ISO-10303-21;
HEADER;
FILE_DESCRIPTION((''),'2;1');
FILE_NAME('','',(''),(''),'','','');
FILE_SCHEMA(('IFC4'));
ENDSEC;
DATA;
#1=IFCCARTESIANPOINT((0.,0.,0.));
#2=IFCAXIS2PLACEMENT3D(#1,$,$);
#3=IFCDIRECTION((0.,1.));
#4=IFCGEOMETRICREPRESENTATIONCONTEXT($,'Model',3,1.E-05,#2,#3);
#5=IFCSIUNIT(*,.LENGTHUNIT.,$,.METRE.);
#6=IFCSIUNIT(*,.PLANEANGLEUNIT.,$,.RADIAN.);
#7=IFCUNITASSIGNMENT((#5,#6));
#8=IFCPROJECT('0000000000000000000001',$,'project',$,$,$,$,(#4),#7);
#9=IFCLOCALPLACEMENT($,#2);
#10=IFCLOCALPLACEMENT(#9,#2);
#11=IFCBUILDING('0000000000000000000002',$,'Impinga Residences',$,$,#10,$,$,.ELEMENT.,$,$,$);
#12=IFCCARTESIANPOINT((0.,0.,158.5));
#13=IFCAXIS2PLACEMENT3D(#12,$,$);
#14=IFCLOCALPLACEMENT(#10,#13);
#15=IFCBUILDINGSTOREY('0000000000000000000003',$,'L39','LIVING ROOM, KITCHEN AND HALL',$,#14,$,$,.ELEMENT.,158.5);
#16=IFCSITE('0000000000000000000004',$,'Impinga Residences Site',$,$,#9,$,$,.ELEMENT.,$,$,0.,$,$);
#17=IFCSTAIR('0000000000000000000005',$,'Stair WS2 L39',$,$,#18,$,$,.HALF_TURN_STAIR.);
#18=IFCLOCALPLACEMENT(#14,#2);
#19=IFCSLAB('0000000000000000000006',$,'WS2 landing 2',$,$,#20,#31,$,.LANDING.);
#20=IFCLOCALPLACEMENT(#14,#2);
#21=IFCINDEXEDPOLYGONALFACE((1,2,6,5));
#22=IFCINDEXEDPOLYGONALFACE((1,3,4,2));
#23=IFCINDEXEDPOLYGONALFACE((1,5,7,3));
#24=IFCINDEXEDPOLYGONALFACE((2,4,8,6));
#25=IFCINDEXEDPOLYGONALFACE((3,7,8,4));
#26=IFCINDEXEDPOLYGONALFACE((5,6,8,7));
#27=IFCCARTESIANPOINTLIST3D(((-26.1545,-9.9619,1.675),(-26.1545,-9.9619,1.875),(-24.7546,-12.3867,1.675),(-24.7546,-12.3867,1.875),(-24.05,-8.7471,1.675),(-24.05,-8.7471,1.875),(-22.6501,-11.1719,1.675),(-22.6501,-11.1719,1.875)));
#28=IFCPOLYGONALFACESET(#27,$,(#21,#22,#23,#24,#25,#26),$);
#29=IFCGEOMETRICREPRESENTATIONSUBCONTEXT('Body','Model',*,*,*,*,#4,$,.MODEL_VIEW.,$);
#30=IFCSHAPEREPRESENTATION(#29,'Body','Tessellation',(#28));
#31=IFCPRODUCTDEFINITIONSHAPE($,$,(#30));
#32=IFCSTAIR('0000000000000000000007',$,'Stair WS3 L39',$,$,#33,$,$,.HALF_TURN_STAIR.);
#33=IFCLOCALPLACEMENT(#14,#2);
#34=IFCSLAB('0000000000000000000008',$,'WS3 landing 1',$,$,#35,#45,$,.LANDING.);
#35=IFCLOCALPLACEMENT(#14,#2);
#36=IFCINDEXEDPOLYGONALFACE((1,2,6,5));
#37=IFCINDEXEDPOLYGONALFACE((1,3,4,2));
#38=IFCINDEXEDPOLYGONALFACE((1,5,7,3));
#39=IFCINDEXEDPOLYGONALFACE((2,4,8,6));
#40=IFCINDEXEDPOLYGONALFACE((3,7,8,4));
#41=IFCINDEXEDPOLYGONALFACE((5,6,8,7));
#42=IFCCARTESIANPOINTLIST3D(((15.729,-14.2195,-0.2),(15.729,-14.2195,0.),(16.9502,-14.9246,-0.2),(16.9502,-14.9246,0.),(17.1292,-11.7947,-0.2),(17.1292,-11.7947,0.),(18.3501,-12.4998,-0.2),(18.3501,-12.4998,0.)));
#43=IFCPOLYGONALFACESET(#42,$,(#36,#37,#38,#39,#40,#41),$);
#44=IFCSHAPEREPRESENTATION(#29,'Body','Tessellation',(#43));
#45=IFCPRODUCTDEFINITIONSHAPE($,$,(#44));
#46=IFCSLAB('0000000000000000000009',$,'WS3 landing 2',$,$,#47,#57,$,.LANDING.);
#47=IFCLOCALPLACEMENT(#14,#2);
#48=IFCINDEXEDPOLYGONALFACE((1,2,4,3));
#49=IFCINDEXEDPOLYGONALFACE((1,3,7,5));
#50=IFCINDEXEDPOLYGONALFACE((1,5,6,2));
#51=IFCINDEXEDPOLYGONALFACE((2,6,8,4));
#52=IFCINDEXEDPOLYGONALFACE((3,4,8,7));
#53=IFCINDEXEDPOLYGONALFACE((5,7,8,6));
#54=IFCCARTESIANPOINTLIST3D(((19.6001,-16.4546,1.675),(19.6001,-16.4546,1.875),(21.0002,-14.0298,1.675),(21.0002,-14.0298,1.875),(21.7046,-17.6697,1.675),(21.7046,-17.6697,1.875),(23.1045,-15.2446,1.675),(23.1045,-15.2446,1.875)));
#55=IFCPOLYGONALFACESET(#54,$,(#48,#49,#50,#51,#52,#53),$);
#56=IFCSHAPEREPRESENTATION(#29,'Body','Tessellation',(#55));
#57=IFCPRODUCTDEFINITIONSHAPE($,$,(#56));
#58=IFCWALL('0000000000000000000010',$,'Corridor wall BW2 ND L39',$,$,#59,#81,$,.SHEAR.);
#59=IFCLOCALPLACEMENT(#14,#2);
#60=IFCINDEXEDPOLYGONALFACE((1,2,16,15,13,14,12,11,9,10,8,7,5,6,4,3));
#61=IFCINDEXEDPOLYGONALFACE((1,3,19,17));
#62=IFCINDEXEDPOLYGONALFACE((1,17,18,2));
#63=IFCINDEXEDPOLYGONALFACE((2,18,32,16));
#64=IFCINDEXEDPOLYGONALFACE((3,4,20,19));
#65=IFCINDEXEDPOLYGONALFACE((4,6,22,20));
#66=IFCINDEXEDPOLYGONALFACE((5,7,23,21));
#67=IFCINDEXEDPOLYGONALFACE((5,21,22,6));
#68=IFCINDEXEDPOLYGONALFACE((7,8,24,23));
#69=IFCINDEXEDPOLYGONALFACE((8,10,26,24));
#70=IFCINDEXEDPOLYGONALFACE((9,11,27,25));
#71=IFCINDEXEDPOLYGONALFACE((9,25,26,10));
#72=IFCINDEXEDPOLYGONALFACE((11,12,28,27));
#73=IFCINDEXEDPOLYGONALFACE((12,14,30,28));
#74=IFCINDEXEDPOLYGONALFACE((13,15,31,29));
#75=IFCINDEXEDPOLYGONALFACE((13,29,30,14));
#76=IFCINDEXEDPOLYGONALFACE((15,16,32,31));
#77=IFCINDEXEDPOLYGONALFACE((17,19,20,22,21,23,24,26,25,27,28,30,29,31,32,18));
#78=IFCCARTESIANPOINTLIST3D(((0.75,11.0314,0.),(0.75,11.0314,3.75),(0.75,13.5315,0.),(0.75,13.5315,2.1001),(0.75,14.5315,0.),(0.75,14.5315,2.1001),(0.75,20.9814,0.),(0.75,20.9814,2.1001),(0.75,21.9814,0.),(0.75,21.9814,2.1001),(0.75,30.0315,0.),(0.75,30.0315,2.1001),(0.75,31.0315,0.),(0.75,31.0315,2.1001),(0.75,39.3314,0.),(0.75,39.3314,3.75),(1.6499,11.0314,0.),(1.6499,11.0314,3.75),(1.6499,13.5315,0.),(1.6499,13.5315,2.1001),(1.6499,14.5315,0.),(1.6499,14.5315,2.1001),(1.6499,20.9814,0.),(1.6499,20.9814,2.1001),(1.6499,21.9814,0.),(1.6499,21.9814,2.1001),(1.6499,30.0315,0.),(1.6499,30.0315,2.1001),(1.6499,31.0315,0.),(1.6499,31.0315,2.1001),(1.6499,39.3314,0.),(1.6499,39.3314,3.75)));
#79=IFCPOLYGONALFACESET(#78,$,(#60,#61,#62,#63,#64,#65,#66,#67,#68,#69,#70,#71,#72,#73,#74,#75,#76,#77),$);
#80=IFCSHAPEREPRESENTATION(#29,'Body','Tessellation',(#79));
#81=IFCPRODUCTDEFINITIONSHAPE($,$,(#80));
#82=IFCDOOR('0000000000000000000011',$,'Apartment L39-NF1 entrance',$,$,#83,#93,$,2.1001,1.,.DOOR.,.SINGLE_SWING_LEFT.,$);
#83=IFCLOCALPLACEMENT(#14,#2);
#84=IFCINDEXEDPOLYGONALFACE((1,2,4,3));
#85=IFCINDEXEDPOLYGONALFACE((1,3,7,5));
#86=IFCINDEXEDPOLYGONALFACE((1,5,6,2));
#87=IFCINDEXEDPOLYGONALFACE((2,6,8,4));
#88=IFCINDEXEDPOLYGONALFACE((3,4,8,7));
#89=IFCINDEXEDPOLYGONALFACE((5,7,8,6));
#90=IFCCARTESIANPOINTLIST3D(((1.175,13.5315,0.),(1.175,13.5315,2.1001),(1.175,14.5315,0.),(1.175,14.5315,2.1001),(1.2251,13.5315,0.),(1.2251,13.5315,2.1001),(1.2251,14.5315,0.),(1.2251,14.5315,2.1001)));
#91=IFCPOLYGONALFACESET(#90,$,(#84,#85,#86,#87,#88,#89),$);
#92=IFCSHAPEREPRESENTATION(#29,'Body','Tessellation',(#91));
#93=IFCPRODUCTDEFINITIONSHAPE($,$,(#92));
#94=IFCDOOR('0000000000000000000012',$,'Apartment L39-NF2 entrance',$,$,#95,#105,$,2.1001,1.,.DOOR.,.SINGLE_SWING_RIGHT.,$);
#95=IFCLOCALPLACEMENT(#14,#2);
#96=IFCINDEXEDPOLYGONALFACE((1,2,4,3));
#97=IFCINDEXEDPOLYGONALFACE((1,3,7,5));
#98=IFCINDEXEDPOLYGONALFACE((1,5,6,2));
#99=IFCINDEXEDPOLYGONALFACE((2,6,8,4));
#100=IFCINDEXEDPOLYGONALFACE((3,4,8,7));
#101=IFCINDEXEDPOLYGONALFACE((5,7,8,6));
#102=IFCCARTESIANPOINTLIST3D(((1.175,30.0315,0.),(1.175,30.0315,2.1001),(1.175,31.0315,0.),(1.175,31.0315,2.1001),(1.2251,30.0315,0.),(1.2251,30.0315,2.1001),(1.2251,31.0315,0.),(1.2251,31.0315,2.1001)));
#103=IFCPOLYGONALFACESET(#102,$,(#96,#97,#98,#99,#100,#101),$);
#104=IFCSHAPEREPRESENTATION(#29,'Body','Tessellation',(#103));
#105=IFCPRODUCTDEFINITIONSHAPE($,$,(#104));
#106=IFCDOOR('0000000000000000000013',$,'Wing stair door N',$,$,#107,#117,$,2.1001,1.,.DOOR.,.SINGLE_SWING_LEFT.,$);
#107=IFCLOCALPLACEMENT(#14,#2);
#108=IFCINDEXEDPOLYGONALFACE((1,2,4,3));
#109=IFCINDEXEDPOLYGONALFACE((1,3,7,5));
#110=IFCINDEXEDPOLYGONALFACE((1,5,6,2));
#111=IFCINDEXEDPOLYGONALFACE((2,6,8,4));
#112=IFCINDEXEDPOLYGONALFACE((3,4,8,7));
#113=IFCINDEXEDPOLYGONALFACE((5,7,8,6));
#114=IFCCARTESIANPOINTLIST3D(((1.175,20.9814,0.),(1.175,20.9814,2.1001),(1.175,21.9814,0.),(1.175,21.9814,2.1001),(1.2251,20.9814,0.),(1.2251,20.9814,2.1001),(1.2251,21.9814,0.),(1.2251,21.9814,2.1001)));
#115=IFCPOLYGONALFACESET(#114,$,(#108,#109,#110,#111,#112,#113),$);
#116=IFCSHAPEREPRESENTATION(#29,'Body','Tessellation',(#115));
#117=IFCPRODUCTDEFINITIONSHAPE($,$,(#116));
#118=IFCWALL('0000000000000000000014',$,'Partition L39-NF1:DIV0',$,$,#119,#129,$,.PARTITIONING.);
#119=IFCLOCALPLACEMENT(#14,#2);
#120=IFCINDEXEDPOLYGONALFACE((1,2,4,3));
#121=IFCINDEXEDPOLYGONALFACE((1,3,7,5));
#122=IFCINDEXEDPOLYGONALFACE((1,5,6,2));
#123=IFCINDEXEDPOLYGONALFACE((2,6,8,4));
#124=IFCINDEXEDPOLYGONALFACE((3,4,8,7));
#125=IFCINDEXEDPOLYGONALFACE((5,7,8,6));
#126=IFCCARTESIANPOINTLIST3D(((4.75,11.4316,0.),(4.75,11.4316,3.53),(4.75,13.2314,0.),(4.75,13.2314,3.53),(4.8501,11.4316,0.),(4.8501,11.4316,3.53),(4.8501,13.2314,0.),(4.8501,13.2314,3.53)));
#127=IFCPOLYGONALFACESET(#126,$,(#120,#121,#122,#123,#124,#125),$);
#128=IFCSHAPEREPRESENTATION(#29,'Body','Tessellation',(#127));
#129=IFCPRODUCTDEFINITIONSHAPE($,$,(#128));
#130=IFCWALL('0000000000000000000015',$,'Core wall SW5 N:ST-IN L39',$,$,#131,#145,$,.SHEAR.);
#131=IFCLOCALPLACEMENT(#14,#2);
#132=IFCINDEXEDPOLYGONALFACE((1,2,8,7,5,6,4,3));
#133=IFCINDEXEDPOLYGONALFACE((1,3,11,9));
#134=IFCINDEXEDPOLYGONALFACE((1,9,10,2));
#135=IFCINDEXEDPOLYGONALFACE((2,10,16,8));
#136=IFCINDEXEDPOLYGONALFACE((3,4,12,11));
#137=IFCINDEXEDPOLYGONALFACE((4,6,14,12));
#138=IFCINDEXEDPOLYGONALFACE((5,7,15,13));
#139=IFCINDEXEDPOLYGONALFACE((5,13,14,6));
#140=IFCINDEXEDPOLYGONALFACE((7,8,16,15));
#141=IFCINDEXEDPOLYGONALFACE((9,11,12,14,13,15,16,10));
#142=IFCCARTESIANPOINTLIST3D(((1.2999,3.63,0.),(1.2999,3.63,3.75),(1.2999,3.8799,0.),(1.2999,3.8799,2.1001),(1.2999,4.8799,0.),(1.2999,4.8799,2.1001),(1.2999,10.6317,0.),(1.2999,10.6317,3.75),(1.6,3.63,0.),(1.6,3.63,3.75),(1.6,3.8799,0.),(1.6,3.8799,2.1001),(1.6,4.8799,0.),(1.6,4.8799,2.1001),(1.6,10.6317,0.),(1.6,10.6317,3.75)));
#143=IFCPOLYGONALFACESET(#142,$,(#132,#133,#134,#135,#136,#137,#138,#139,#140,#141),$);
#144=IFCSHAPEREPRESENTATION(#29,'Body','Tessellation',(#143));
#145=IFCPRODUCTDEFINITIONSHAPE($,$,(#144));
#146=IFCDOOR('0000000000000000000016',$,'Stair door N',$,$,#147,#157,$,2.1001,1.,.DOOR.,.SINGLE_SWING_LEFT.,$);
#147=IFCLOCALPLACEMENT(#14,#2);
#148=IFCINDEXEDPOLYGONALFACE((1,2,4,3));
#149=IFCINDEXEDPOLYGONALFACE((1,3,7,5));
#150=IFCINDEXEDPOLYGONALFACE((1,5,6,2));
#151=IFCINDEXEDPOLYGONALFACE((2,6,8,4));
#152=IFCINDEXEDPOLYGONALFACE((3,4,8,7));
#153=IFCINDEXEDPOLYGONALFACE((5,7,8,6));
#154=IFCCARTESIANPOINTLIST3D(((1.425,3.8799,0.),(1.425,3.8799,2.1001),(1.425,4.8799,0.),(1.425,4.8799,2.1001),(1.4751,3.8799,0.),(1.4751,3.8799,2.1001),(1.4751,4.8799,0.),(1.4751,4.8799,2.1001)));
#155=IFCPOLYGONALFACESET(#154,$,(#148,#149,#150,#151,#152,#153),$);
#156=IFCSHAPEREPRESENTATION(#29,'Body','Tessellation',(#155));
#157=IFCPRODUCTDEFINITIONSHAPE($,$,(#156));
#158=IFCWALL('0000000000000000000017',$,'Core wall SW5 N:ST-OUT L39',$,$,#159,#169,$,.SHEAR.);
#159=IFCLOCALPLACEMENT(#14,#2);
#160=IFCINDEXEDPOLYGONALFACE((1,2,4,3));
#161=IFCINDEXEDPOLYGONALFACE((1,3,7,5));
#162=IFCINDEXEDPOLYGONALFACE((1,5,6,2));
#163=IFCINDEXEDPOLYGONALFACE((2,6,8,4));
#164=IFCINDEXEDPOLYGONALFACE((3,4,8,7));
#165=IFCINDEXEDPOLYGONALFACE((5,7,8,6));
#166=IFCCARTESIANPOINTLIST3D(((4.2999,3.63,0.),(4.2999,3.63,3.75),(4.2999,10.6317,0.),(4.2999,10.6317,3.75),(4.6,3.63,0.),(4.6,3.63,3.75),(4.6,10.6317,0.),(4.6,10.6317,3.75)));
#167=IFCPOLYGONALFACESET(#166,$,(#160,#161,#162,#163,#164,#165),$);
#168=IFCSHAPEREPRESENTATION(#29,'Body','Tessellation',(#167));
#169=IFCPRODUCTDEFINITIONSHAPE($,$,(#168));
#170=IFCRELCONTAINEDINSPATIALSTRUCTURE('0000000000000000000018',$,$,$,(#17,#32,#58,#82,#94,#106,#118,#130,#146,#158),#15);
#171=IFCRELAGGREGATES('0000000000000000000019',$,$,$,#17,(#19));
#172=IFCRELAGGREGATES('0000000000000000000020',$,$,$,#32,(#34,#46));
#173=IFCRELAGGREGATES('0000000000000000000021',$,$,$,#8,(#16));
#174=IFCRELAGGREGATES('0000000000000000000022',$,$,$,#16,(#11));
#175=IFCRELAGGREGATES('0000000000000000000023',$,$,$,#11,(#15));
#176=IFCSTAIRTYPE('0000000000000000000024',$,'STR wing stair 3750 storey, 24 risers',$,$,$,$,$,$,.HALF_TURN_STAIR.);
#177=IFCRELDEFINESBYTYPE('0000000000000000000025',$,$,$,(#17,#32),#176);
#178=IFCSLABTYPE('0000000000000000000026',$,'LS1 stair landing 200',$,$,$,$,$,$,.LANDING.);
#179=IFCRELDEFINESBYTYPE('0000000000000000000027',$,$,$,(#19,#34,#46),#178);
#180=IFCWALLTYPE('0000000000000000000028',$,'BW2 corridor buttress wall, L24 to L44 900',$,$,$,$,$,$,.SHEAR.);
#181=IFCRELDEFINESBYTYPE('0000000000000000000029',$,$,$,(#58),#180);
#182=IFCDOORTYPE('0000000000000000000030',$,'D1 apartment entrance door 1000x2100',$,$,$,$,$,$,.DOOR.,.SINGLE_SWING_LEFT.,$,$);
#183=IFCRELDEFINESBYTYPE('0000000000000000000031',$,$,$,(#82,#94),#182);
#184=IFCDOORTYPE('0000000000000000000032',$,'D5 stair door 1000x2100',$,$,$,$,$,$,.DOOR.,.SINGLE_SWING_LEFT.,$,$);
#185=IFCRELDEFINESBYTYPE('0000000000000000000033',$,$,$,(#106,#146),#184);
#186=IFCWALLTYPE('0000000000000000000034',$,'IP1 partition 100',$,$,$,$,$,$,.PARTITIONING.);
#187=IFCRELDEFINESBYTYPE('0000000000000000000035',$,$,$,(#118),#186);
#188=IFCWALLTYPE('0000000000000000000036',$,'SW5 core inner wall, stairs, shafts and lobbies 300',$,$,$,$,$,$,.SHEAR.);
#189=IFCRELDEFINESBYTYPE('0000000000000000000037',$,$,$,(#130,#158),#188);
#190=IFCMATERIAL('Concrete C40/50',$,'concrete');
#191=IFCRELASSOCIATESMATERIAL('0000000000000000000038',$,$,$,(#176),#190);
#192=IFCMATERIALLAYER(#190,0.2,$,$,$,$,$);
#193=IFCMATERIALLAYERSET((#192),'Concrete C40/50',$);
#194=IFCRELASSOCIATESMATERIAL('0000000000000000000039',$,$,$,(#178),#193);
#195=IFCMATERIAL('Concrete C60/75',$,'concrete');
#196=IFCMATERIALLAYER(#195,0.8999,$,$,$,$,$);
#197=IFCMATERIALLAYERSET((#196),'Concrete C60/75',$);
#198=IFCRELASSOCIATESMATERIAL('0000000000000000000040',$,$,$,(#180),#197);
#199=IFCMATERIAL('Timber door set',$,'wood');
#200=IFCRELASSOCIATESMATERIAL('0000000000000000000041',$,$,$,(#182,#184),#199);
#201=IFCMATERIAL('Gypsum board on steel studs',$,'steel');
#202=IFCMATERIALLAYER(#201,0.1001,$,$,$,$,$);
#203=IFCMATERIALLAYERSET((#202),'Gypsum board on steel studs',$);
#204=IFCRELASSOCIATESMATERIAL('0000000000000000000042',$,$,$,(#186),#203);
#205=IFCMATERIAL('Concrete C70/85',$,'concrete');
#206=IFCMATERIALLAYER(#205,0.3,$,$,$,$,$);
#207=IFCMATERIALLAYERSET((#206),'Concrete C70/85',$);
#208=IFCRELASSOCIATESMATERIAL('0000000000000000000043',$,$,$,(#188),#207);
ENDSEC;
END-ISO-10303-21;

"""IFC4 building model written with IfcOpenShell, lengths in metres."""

from ifc_helpers import new_model, si_unit, direction, frame, frame_2d, origin, place, context, subcontext, project, spatial, polyline, rectangle, outline, extrude, material, layer, layer_set, type_object, element, fill, aggregate, save


model = new_model("IFC4")

# Units and contexts
model_context = context("Model", 3, precision=1e-05, world=origin(), true_north=direction((0.0, 1.0)))
body_context = subcontext(model_context, "Body", "Model", "MODEL_VIEW")
ifc_project = project(units=[si_unit("LENGTHUNIT", "METRE"), si_unit("PLANEANGLEUNIT", "RADIAN")], contexts=[model_context])

# Site, building, storey
site_placement = place(None, origin())
site = spatial("IfcSite", under=ifc_project, at=site_placement, Name="Impinga Residences Site", CompositionType="ELEMENT", RefElevation=0.0)
building_placement = place(site_placement, origin())
building = spatial("IfcBuilding", under=site, at=building_placement, Name="Impinga Residences", CompositionType="ELEMENT")
storey_placement = place(building_placement, frame((0.0, 0.0, 158.5)))
storey = spatial("IfcBuildingStorey", under=building, at=storey_placement, Name="L39", Description="LIVING ROOM, KITCHEN AND HALL", CompositionType="ELEMENT", Elevation=158.5)

# Stair, slab
ifc_material_1 = material(Name="Concrete C40/50", Category="concrete")
stair_type_1 = type_object("IfcStairType", Name="STR wing stair 3750 storey, 24 risers", PredefinedType="HALF_TURN_STAIR", material=ifc_material_1)
stair_1_placement = place(storey_placement, origin())
stair_1 = element("IfcStair", 1, at=stair_1_placement, inside=storey, type_object=stair_type_1, Name="Stair WS2 L39", PredefinedType="HALF_TURN_STAIR")
ifc_layer_1 = layer(ifc_material_1, 0.2)
ifc_layer_set_1 = layer_set([ifc_layer_1], Name="Concrete C40/50")
slab_type = type_object("IfcSlabType", Name="LS1 stair landing 200", PredefinedType="LANDING", material=ifc_layer_set_1)
slab_1_placement = place(storey_placement, frame((0.0, 0.0, 1.675)))
slab_1 = element("IfcSlab", 2, at=slab_1_placement, type_object=slab_type, Name="WS2 landing 2", PredefinedType="LANDING", context=body_context, shape_type="SweptSolid", body=[
    extrude(outline(polyline([(-22.6501, -11.1719), (-24.05, -8.7471), (-26.1545, -9.9619), (-24.7546, -12.3867), (-22.6501, -11.1719)])), origin(), (0.0, 0.0, 1.0), 0.2),
])
aggregate(stair_1, [slab_1])

# Stair, slabs
stair_2_placement = place(storey_placement, origin())
stair_2 = element("IfcStair", 3, at=stair_2_placement, inside=storey, type_object=stair_type_1, Name="Stair WS3 L39", PredefinedType="HALF_TURN_STAIR")
slab_2_placement = place(storey_placement, frame((0.0, 0.0, -0.2)))
slab_2 = element("IfcSlab", 4, at=slab_2_placement, type_object=slab_type, Name="WS3 landing 1", PredefinedType="LANDING", context=body_context, shape_type="SweptSolid", body=[
    extrude(outline(polyline([(17.1292, -11.7947), (15.729, -14.2195), (16.9502, -14.9246), (18.3501, -12.4998), (17.1292, -11.7947)])), origin(), (0.0, 0.0, 1.0), 0.2),
])
slab_3_placement = place(storey_placement, frame((0.0, 0.0, 1.675)))
slab_3 = element("IfcSlab", 5, at=slab_3_placement, type_object=slab_type, Name="WS3 landing 2", PredefinedType="LANDING", context=body_context, shape_type="SweptSolid", body=[
    extrude(outline(polyline([(21.0002, -14.0298), (19.6001, -16.4546), (21.7046, -17.6697), (23.1045, -15.2446), (21.0002, -14.0298)])), origin(), (0.0, 0.0, 1.0), 0.2),
])
aggregate(stair_2, [slab_2, slab_3])

# Wall, openings, doors
ifc_material_2 = material(Name="Concrete C60/75", Category="concrete")
ifc_layer_2 = layer(ifc_material_2, 0.8999)
ifc_layer_set_2 = layer_set([ifc_layer_2], Name="Concrete C60/75")
wall_type_1 = type_object("IfcWallType", Name="BW2 corridor buttress wall, L24 to L44 900", PredefinedType="SHEAR", material=ifc_layer_set_2)
wall_1_placement = place(storey_placement, frame((1.2, 11.0315, 0.0), z_axis=(0.0, 0.0, 1.0), x_axis=(0.0, 1.0, 0.0)))
wall_1 = element("IfcWall", 6, at=wall_1_placement, inside=storey, type_object=wall_type_1, Name="Corridor wall BW2 ND L39", PredefinedType="SHEAR", context=body_context, shape_type="SweptSolid", body=[
    extrude(rectangle(XDim=28.3, YDim=0.8999, at=frame_2d((14.1499, 0.0))), origin(), (0.0, 0.0, 1.0), 3.75),
])
opening_1_placement = place(wall_1_placement, frame((9.95, 0.0, 0.0)))
opening_1 = element("IfcOpeningElement", 7, at=opening_1_placement, cuts=wall_1, PredefinedType="OPENING", context=body_context, shape_type="SweptSolid", body=[
    extrude(rectangle(XDim=1.0, YDim=2.1001, at=frame_2d((0.5, 1.05))), frame((0.0, 0.46, 0.0), z_axis=(0.0, -1.0, 0.0), x_axis=(1.0, 0.0, 0.0)), (0.0, 0.0, 1.0), 0.9199),
])
opening_2_placement = place(wall_1_placement, frame((2.5, 0.0, 0.0)))
opening_2 = element("IfcOpeningElement", 8, at=opening_2_placement, cuts=wall_1, PredefinedType="OPENING", context=body_context, shape_type="SweptSolid", body=[
    extrude(rectangle(XDim=1.0, YDim=2.1001, at=frame_2d((0.5, 1.05))), frame((0.0, 0.46, 0.0), z_axis=(0.0, -1.0, 0.0), x_axis=(1.0, 0.0, 0.0)), (0.0, 0.0, 1.0), 0.9199),
])
opening_3_placement = place(wall_1_placement, frame((19.0, 0.0, 0.0)))
opening_3 = element("IfcOpeningElement", 9, at=opening_3_placement, cuts=wall_1, PredefinedType="OPENING", context=body_context, shape_type="SweptSolid", body=[
    extrude(rectangle(XDim=1.0, YDim=2.1001, at=frame_2d((0.5, 1.05))), frame((0.0, 0.46, 0.0), z_axis=(0.0, -1.0, 0.0), x_axis=(1.0, 0.0, 0.0)), (0.0, 0.0, 1.0), 0.9199),
])
ifc_material_3 = material(Name="Timber door set", Category="wood")
door_type_1 = type_object("IfcDoorType", Name="D1 apartment entrance door 1000x2100", OperationType="SINGLE_SWING_LEFT", PredefinedType="DOOR", material=ifc_material_3)
door_1_placement = place(opening_2_placement, origin())
door_1 = element("IfcDoor", 10, at=door_1_placement, inside=storey, type_object=door_type_1, Name="Apartment L39-NF1 entrance", OperationType="SINGLE_SWING_LEFT", OverallHeight=2.1001, OverallWidth=1.0, PredefinedType="DOOR", context=body_context, shape_type="SweptSolid", body=[
    extrude(rectangle(XDim=1.0, YDim=2.1001, at=frame_2d((0.5, 1.05))), frame((0.0, 0.0249, 0.0), z_axis=(0.0, -1.0, 0.0), x_axis=(1.0, 0.0, 0.0)), (0.0, 0.0, 1.0), 0.05),
])
fill(opening_2, door_1)
door_2_placement = place(opening_3_placement, origin())
door_2 = element("IfcDoor", 11, at=door_2_placement, inside=storey, type_object=door_type_1, Name="Apartment L39-NF2 entrance", OperationType="SINGLE_SWING_RIGHT", OverallHeight=2.1001, OverallWidth=1.0, PredefinedType="DOOR", context=body_context, shape_type="SweptSolid", body=[
    extrude(rectangle(XDim=1.0, YDim=2.1001, at=frame_2d((0.5, 1.05))), frame((0.0, 0.0249, 0.0), z_axis=(0.0, -1.0, 0.0), x_axis=(1.0, 0.0, 0.0)), (0.0, 0.0, 1.0), 0.05),
])
fill(opening_3, door_2)
door_type_2 = type_object("IfcDoorType", Name="D5 stair door 1000x2100", OperationType="SINGLE_SWING_LEFT", PredefinedType="DOOR", material=ifc_material_3)
door_3_placement = place(opening_1_placement, origin())
door_3 = element("IfcDoor", 12, at=door_3_placement, inside=storey, type_object=door_type_2, Name="Wing stair door N", OperationType="SINGLE_SWING_LEFT", OverallHeight=2.1001, OverallWidth=1.0, PredefinedType="DOOR", context=body_context, shape_type="SweptSolid", body=[
    extrude(rectangle(XDim=1.0, YDim=2.1001, at=frame_2d((0.5, 1.05))), frame((0.0, 0.0249, 0.0), z_axis=(0.0, -1.0, 0.0), x_axis=(1.0, 0.0, 0.0)), (0.0, 0.0, 1.0), 0.05),
])
fill(opening_1, door_3)

# Wall
ifc_material_4 = material(Name="Gypsum board on steel studs", Category="steel")
ifc_layer_3 = layer(ifc_material_4, 0.1001)
ifc_layer_set_3 = layer_set([ifc_layer_3], Name="Gypsum board on steel studs")
wall_type_2 = type_object("IfcWallType", Name="IP1 partition 100", PredefinedType="PARTITIONING", material=ifc_layer_set_3)
wall_2_placement = place(storey_placement, frame((4.8, 11.4316, 0.0), z_axis=(0.0, 0.0, 1.0), x_axis=(0.0, 1.0, 0.0)))
element("IfcWall", 13, at=wall_2_placement, inside=storey, type_object=wall_type_2, Name="Partition L39-NF1:DIV0", PredefinedType="PARTITIONING", context=body_context, shape_type="SweptSolid", body=[
    extrude(rectangle(XDim=1.7998, YDim=0.1001, at=frame_2d((0.8999, 0.0))), origin(), (0.0, 0.0, 1.0), 3.53),
])

# Wall, opening, door
ifc_material_5 = material(Name="Concrete C70/85", Category="concrete")
ifc_layer_4 = layer(ifc_material_5, 0.3)
ifc_layer_set_4 = layer_set([ifc_layer_4], Name="Concrete C70/85")
wall_type_3 = type_object("IfcWallType", Name="SW5 core inner wall, stairs, shafts and lobbies 300", PredefinedType="SHEAR", material=ifc_layer_set_4)
wall_3_placement = place(storey_placement, frame((1.45, 3.6299, 0.0), z_axis=(0.0, 0.0, 1.0), x_axis=(0.0, 1.0, 0.0)))
wall_3 = element("IfcWall", 14, at=wall_3_placement, inside=storey, type_object=wall_type_3, Name="Core wall SW5 N:ST-IN L39", PredefinedType="SHEAR", context=body_context, shape_type="SweptSolid", body=[
    extrude(rectangle(XDim=7.0017, YDim=0.3, at=frame_2d((3.501, 0.0))), origin(), (0.0, 0.0, 1.0), 3.75),
])
opening_4_placement = place(wall_3_placement, frame((0.25, 0.0, 0.0)))
opening_4 = element("IfcOpeningElement", 15, at=opening_4_placement, cuts=wall_3, PredefinedType="OPENING", context=body_context, shape_type="SweptSolid", body=[
    extrude(rectangle(XDim=1.0, YDim=2.1001, at=frame_2d((0.5, 1.05))), frame((0.0, 0.1599, 0.0), z_axis=(0.0, -1.0, 0.0), x_axis=(1.0, 0.0, 0.0)), (0.0, 0.0, 1.0), 0.3201),
])
door_4_placement = place(opening_4_placement, origin())
door_4 = element("IfcDoor", 16, at=door_4_placement, inside=storey, type_object=door_type_2, Name="Stair door N", OperationType="SINGLE_SWING_LEFT", OverallHeight=2.1001, OverallWidth=1.0, PredefinedType="DOOR", context=body_context, shape_type="SweptSolid", body=[
    extrude(rectangle(XDim=1.0, YDim=2.1001, at=frame_2d((0.5, 1.05))), frame((0.0, 0.0249, 0.0), z_axis=(0.0, -1.0, 0.0), x_axis=(1.0, 0.0, 0.0)), (0.0, 0.0, 1.0), 0.05),
])
fill(opening_4, door_4)

# Wall
wall_4_placement = place(storey_placement, frame((4.45, 3.6299, 0.0), z_axis=(0.0, 0.0, 1.0), x_axis=(0.0, 1.0, 0.0)))
element("IfcWall", 17, at=wall_4_placement, inside=storey, type_object=wall_type_3, Name="Core wall SW5 N:ST-OUT L39", PredefinedType="SHEAR", context=body_context, shape_type="SweptSolid", body=[
    extrude(rectangle(XDim=7.0017, YDim=0.3, at=frame_2d((3.501, 0.0))), origin(), (0.0, 0.0, 1.0), 3.75),
])

save(model, "model.ifc")
